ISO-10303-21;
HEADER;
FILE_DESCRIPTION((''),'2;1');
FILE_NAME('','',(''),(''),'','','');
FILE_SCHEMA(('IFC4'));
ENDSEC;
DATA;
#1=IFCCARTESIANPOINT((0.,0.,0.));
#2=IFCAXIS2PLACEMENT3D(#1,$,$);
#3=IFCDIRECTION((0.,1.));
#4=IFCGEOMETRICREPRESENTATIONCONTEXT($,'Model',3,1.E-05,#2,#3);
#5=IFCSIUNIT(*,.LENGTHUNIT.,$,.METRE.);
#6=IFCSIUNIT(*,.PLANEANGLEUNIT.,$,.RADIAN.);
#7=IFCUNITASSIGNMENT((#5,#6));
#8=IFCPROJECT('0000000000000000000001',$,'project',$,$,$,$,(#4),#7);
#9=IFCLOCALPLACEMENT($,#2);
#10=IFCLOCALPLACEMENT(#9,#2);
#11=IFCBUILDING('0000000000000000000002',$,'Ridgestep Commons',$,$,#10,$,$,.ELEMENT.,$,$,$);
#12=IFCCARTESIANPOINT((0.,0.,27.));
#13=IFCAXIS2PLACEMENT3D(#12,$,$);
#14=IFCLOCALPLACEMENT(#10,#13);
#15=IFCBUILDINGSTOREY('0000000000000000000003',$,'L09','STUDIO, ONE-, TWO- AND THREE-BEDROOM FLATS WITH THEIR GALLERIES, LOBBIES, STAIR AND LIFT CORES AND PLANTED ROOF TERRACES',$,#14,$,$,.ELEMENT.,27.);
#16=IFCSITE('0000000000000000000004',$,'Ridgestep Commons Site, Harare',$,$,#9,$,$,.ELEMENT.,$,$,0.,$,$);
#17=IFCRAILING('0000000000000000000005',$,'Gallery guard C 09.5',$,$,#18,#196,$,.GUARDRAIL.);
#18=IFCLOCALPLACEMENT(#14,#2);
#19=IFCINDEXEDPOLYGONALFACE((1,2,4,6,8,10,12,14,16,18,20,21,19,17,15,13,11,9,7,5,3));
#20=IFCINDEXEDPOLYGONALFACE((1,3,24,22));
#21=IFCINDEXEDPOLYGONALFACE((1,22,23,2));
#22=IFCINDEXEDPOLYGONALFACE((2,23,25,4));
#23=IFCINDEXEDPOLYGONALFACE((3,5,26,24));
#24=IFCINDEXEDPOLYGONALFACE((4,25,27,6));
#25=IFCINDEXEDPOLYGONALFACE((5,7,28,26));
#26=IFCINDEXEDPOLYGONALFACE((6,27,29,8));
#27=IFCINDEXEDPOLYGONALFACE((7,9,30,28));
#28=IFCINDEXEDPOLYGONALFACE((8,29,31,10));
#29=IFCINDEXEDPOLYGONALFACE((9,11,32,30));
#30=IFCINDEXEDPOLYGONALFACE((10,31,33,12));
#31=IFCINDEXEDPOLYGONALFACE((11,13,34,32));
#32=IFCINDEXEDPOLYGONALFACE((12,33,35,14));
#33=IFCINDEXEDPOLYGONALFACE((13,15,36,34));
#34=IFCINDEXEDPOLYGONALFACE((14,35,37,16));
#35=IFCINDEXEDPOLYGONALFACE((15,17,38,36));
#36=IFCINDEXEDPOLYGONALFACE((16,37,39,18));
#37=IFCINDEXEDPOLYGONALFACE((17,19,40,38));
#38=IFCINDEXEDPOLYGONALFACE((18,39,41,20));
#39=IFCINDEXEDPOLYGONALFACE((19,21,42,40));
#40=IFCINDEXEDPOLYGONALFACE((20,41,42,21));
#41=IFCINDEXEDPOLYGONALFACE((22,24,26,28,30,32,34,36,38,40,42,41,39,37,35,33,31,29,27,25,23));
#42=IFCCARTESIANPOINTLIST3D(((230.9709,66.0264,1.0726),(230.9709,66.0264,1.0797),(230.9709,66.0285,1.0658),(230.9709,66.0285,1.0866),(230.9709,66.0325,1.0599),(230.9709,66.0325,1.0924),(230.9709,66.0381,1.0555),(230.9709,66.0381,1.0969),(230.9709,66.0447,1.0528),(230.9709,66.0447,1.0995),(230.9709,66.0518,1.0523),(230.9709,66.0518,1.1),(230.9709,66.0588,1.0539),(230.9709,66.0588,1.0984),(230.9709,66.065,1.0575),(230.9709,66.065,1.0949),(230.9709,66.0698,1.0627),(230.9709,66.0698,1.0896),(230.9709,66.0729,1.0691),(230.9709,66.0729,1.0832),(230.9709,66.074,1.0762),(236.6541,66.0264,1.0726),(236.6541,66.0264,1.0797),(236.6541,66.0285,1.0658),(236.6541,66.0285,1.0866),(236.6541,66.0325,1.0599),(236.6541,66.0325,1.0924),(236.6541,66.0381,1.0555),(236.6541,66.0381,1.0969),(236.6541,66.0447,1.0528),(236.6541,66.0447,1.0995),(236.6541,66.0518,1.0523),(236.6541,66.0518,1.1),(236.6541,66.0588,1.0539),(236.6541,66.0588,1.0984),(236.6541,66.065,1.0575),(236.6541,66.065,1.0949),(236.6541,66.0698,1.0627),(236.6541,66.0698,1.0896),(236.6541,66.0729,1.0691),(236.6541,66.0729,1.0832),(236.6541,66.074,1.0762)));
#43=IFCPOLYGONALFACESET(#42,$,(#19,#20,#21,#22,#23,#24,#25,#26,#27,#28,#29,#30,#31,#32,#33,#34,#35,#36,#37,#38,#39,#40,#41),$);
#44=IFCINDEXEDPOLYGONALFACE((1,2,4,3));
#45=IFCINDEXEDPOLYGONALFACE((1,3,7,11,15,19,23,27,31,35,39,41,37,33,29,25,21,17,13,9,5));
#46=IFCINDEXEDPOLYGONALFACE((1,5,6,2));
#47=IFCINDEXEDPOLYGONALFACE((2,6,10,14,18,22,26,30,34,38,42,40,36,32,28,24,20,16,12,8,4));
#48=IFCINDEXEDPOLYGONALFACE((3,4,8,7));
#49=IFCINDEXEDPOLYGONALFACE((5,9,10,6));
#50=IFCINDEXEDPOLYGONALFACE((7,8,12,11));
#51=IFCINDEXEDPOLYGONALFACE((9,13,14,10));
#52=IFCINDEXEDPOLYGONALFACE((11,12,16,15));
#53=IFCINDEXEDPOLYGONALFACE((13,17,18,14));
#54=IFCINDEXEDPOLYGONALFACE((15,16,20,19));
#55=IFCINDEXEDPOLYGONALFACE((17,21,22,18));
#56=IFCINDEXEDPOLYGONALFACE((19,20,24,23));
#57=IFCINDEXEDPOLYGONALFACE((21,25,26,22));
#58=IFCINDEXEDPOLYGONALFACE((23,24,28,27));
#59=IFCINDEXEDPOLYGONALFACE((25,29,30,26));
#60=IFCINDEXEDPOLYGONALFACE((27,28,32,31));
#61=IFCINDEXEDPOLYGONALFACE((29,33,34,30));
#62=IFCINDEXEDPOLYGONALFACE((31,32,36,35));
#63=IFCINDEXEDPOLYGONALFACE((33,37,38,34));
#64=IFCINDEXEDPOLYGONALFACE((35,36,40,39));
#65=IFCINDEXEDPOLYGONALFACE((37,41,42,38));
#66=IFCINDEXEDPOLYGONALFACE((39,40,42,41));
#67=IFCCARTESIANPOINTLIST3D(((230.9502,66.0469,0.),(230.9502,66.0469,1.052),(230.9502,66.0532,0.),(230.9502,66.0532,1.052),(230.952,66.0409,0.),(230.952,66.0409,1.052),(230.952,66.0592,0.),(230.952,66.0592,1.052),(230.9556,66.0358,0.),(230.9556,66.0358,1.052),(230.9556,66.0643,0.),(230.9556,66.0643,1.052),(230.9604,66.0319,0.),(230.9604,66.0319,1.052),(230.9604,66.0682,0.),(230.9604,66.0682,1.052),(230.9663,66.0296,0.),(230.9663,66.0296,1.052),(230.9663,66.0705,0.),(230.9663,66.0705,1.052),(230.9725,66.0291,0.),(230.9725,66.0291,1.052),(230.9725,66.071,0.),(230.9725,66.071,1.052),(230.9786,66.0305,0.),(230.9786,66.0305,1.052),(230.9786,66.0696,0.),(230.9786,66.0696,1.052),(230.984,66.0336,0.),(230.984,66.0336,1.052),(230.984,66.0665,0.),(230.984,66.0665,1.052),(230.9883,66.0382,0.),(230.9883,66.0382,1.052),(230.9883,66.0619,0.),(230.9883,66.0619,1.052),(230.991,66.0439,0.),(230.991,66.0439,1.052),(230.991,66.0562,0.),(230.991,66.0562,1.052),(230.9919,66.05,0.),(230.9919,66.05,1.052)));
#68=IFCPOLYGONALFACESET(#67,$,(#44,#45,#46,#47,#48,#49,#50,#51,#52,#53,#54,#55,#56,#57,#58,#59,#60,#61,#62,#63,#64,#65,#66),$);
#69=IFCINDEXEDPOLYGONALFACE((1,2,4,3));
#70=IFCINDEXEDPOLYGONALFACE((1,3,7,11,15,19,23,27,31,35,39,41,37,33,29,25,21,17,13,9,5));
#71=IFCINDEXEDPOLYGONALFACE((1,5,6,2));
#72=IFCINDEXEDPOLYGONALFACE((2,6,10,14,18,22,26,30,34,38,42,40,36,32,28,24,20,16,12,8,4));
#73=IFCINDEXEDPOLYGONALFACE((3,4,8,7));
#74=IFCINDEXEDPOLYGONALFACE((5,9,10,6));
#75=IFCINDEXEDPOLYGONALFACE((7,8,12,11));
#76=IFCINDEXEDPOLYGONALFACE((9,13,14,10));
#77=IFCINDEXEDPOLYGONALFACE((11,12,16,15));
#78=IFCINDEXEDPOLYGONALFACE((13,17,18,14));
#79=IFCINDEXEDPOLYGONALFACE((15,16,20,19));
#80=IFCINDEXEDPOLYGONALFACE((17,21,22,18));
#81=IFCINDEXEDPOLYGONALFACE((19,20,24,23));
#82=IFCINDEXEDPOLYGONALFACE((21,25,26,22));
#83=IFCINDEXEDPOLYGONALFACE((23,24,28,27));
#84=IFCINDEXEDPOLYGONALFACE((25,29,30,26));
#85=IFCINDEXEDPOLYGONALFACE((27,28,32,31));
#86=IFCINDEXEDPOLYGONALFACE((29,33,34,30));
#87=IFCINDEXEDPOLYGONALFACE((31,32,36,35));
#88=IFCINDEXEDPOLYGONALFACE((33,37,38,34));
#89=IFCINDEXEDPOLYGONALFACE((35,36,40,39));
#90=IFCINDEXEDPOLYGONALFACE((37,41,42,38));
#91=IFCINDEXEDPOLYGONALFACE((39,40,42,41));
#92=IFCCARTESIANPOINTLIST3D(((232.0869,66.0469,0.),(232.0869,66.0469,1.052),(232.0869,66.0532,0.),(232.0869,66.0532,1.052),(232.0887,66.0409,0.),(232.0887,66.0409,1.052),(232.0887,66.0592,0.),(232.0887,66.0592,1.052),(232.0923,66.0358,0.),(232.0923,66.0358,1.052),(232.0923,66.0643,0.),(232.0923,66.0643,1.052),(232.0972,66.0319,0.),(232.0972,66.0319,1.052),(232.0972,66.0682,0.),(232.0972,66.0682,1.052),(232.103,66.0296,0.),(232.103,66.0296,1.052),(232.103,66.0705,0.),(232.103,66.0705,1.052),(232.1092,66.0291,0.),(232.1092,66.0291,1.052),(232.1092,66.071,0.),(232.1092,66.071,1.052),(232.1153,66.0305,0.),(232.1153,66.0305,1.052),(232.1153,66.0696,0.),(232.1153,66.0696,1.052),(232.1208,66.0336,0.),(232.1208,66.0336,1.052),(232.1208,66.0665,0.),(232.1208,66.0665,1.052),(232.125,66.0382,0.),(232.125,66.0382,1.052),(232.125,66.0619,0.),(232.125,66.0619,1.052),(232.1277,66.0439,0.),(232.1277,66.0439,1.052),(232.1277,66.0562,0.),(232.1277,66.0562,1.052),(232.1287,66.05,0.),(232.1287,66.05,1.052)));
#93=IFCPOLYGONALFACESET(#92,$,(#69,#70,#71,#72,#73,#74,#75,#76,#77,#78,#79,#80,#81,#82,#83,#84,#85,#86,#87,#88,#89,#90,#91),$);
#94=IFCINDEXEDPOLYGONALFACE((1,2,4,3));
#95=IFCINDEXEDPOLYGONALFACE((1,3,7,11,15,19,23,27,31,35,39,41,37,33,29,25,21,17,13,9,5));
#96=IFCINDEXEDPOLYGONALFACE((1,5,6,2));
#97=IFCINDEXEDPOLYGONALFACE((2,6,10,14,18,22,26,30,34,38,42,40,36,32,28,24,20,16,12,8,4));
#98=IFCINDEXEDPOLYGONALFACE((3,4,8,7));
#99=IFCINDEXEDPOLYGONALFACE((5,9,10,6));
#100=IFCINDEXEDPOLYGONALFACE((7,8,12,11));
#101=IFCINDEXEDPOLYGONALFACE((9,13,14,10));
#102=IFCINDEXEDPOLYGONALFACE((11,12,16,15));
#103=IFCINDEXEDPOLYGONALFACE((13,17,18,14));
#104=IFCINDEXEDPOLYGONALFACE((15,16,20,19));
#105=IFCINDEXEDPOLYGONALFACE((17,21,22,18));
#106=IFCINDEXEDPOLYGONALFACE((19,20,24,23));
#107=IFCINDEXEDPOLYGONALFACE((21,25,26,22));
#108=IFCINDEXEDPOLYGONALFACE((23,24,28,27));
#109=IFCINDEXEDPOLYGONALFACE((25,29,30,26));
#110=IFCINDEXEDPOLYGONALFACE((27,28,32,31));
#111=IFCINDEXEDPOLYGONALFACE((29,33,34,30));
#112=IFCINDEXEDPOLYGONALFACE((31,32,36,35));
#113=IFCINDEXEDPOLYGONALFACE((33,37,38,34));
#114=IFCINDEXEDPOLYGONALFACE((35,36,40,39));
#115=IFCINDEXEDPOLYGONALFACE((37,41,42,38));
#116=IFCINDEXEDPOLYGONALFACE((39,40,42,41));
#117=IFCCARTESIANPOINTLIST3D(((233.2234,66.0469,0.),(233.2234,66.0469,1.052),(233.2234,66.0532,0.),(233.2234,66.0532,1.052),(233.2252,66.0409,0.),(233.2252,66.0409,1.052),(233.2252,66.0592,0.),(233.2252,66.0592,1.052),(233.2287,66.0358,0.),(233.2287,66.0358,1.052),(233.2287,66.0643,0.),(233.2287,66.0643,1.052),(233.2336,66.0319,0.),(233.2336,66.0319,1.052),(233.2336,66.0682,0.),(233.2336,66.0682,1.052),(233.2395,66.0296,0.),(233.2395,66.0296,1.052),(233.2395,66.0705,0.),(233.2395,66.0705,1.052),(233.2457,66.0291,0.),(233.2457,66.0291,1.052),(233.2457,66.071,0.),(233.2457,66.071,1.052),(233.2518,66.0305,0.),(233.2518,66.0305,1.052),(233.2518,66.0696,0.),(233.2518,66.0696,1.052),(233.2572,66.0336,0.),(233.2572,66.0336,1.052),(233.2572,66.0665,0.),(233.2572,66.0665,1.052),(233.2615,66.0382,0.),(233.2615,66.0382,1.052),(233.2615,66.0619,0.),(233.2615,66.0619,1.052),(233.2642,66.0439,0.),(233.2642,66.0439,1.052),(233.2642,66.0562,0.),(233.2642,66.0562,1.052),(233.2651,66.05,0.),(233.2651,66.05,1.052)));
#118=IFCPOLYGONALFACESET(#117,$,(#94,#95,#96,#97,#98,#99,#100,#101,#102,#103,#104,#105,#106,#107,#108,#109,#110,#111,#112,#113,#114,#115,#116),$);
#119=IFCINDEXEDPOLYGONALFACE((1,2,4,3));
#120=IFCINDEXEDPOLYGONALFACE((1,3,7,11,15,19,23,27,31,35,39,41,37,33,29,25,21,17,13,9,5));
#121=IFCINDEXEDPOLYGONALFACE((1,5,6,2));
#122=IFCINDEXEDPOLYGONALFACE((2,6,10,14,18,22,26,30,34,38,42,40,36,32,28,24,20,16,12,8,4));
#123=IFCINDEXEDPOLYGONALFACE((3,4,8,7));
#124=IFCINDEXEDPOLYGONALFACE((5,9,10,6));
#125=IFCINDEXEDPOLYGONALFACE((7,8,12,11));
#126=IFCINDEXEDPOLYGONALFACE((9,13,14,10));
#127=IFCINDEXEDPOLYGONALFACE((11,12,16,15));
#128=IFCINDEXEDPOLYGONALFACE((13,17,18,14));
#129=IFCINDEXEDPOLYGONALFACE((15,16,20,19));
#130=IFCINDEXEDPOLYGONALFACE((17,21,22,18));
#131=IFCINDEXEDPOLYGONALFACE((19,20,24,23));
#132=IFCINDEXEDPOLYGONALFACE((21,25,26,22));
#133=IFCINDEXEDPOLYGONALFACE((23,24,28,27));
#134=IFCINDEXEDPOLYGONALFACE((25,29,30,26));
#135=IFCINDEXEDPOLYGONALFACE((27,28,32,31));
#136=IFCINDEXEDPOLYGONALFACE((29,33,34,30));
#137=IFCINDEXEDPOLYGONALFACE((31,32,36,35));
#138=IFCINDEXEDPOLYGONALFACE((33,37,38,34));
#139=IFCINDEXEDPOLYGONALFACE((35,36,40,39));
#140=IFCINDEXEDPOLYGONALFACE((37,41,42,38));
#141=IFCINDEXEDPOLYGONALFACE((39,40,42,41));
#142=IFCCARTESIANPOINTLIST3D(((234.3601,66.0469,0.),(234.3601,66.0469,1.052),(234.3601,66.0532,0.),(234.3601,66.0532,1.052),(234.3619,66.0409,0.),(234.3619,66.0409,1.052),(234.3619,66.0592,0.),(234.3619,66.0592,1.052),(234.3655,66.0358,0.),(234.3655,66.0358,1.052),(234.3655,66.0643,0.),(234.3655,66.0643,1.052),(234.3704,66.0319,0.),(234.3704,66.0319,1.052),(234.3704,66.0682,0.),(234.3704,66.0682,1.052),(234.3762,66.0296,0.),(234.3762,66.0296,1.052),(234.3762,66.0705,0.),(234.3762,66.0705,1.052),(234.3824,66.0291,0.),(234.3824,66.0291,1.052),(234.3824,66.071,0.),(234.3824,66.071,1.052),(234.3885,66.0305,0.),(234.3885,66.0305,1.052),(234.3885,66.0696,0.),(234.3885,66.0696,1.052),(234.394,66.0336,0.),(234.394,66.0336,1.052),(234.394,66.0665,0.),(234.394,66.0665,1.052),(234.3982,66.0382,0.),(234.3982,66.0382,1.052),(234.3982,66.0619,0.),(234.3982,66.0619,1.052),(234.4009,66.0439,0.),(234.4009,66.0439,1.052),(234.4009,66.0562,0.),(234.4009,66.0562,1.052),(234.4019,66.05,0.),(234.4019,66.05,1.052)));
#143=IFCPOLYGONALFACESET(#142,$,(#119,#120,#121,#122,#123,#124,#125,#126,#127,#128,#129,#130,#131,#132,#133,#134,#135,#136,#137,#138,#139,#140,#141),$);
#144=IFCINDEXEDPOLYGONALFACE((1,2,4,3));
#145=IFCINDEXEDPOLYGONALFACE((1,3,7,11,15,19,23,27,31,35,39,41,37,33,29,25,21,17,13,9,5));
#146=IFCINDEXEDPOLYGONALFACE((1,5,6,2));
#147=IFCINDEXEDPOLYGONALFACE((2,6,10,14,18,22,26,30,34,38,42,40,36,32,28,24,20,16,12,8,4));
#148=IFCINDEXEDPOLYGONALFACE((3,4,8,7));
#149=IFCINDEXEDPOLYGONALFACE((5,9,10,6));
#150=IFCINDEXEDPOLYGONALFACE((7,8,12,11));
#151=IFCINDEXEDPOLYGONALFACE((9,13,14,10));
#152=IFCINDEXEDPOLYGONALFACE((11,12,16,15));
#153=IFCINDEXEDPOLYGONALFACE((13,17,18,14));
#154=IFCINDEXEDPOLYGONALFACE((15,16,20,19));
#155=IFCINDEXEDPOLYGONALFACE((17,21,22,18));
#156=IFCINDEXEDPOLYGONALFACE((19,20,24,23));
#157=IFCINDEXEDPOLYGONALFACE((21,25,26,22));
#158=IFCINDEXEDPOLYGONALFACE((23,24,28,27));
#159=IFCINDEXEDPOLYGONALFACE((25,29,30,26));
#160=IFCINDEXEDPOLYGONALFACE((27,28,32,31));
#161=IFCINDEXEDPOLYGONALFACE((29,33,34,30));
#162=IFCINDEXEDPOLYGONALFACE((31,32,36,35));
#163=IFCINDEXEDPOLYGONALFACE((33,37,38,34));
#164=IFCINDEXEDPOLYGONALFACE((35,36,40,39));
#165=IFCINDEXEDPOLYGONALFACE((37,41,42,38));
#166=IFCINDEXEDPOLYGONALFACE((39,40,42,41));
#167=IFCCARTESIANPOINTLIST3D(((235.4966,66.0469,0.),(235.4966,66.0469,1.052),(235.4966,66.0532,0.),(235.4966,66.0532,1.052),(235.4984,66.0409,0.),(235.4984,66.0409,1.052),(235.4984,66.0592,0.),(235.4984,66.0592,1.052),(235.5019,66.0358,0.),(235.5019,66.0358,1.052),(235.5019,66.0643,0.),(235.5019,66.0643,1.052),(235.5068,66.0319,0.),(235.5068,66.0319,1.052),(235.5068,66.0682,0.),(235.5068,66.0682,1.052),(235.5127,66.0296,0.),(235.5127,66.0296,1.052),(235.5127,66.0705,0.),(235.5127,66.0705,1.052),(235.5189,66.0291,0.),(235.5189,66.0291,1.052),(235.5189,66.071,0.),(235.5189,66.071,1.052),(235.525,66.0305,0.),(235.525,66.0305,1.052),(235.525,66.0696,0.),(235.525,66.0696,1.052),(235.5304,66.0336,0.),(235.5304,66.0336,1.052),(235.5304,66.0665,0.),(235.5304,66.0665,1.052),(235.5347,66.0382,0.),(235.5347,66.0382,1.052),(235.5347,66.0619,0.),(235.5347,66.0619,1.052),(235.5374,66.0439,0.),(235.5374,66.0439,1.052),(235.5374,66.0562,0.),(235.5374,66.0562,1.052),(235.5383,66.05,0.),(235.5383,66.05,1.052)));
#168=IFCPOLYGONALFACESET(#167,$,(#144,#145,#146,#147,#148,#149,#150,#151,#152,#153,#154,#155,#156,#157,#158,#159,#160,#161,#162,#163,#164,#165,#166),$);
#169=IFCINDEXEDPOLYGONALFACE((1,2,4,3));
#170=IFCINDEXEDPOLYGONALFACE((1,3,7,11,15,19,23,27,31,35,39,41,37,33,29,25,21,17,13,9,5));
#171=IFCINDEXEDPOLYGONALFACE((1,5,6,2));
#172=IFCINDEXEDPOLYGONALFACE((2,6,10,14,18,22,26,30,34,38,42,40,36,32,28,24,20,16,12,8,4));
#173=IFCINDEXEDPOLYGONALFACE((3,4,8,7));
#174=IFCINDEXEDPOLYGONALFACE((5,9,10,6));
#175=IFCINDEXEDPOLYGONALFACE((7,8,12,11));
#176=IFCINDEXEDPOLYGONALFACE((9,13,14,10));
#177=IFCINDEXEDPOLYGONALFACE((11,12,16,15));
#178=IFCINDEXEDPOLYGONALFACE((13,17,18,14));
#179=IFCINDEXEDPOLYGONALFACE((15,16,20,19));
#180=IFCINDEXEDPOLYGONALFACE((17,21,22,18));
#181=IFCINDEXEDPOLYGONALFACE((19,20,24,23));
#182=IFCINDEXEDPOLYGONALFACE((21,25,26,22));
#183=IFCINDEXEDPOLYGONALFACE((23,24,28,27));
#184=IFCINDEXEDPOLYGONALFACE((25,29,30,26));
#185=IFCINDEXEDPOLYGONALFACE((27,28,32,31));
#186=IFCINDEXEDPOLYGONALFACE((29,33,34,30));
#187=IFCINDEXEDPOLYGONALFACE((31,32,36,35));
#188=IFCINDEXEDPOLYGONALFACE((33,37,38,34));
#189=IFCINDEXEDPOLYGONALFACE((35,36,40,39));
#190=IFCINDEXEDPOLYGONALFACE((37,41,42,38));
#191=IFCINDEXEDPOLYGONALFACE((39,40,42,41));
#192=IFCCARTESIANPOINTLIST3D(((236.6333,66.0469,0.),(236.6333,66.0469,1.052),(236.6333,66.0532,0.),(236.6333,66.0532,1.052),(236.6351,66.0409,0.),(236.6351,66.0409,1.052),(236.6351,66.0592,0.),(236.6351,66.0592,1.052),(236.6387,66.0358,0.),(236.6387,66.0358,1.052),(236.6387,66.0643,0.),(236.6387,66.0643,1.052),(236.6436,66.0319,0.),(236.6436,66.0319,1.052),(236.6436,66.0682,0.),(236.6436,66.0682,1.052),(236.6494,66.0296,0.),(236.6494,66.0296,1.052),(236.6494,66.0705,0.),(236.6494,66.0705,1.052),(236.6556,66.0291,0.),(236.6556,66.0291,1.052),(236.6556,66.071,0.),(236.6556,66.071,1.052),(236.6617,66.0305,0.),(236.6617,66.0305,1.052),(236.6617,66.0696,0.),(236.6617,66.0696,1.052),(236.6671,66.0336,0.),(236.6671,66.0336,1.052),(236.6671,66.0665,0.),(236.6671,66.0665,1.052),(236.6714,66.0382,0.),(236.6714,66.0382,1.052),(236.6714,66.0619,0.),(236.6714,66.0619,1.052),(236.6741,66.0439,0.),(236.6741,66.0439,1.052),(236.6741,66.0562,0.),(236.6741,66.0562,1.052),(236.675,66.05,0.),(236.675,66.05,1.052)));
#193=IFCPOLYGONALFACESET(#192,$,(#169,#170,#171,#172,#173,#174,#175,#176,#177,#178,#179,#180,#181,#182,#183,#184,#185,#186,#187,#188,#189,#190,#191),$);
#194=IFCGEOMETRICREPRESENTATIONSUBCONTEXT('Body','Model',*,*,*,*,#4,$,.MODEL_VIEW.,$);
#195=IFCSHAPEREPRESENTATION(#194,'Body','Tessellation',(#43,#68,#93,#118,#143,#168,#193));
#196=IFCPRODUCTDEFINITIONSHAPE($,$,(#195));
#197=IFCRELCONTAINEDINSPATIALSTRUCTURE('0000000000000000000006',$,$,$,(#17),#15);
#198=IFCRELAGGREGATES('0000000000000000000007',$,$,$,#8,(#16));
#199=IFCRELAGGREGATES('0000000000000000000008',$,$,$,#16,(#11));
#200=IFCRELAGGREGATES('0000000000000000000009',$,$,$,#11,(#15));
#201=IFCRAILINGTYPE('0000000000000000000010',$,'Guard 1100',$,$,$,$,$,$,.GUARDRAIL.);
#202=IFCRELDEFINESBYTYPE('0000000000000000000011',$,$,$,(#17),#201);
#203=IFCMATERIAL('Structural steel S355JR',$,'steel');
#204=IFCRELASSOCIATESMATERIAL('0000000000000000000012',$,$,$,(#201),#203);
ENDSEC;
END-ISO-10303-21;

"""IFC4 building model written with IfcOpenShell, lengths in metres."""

from ifc_helpers import new_model, si_unit, direction, frame, origin, origin_2d, place, context, subcontext, project, spatial, circle, extrude, material, type_object, element, save


model = new_model("IFC4")

# Units and contexts
model_context = context("Model", 3, precision=1e-05, world=origin(), true_north=direction((0.0, 1.0)))
body_context = subcontext(model_context, "Body", "Model", "MODEL_VIEW")
ifc_project = project(units=[si_unit("LENGTHUNIT", "METRE"), si_unit("PLANEANGLEUNIT", "RADIAN")], contexts=[model_context])

# Site, building, storey
site_placement = place(None, origin())
site = spatial("IfcSite", under=ifc_project, at=site_placement, Name="Ridgestep Commons Site, Harare", CompositionType="ELEMENT", RefElevation=0.0)
building_placement = place(site_placement, origin())
building = spatial("IfcBuilding", under=site, at=building_placement, Name="Ridgestep Commons", CompositionType="ELEMENT")
storey_placement = place(building_placement, frame((0.0, 0.0, 27.0)))
storey = spatial("IfcBuildingStorey", under=building, at=storey_placement, Name="L09", Description="STUDIO, ONE-, TWO- AND THREE-BEDROOM FLATS WITH THEIR GALLERIES, LOBBIES, STAIR AND LIFT CORES AND PLANTED ROOF TERRACES", CompositionType="ELEMENT", Elevation=27.0)

# Railing
ifc_material_1 = material(Name="Structural steel S355JR", Category="steel")
railing_type = type_object("IfcRailingType", Name="Guard 1100", PredefinedType="GUARDRAIL", material=ifc_material_1)
railing_1_placement = place(storey_placement, frame((230.9709, 66.05, 0.0)))
element("IfcRailing", 1, at=railing_1_placement, inside=storey, type_object=railing_type, Name="Gallery guard C 09.5", PredefinedType="GUARDRAIL", context=body_context, shape_type="SweptSolid", body=[
    extrude(circle(Radius=0.0239, at=origin_2d()), frame((0.0, 0.0, 1.0762), z_axis=(1.0, 0.0, 0.0), x_axis=(0.0, 1.0, 0.0)), (0.0, 0.0, 1.0), 5.6831),
    extrude(circle(Radius=0.021, at=origin_2d()), origin(), (0.0, 0.0, 1.0), 1.052),
    extrude(circle(Radius=0.021, at=origin_2d()), frame((1.1367, 0.0, 0.0)), (0.0, 0.0, 1.0), 1.052),
    extrude(circle(Radius=0.021, at=origin_2d()), frame((2.2732, 0.0, 0.0)), (0.0, 0.0, 1.0), 1.052),
    extrude(circle(Radius=0.021, at=origin_2d()), frame((3.4099, 0.0, 0.0)), (0.0, 0.0, 1.0), 1.052),
    extrude(circle(Radius=0.021, at=origin_2d()), frame((4.5464, 0.0, 0.0)), (0.0, 0.0, 1.0), 1.052),
    extrude(circle(Radius=0.021, at=origin_2d()), frame((5.6831, 0.0, 0.0)), (0.0, 0.0, 1.0), 1.052),
])

save(model, "model.ifc")
